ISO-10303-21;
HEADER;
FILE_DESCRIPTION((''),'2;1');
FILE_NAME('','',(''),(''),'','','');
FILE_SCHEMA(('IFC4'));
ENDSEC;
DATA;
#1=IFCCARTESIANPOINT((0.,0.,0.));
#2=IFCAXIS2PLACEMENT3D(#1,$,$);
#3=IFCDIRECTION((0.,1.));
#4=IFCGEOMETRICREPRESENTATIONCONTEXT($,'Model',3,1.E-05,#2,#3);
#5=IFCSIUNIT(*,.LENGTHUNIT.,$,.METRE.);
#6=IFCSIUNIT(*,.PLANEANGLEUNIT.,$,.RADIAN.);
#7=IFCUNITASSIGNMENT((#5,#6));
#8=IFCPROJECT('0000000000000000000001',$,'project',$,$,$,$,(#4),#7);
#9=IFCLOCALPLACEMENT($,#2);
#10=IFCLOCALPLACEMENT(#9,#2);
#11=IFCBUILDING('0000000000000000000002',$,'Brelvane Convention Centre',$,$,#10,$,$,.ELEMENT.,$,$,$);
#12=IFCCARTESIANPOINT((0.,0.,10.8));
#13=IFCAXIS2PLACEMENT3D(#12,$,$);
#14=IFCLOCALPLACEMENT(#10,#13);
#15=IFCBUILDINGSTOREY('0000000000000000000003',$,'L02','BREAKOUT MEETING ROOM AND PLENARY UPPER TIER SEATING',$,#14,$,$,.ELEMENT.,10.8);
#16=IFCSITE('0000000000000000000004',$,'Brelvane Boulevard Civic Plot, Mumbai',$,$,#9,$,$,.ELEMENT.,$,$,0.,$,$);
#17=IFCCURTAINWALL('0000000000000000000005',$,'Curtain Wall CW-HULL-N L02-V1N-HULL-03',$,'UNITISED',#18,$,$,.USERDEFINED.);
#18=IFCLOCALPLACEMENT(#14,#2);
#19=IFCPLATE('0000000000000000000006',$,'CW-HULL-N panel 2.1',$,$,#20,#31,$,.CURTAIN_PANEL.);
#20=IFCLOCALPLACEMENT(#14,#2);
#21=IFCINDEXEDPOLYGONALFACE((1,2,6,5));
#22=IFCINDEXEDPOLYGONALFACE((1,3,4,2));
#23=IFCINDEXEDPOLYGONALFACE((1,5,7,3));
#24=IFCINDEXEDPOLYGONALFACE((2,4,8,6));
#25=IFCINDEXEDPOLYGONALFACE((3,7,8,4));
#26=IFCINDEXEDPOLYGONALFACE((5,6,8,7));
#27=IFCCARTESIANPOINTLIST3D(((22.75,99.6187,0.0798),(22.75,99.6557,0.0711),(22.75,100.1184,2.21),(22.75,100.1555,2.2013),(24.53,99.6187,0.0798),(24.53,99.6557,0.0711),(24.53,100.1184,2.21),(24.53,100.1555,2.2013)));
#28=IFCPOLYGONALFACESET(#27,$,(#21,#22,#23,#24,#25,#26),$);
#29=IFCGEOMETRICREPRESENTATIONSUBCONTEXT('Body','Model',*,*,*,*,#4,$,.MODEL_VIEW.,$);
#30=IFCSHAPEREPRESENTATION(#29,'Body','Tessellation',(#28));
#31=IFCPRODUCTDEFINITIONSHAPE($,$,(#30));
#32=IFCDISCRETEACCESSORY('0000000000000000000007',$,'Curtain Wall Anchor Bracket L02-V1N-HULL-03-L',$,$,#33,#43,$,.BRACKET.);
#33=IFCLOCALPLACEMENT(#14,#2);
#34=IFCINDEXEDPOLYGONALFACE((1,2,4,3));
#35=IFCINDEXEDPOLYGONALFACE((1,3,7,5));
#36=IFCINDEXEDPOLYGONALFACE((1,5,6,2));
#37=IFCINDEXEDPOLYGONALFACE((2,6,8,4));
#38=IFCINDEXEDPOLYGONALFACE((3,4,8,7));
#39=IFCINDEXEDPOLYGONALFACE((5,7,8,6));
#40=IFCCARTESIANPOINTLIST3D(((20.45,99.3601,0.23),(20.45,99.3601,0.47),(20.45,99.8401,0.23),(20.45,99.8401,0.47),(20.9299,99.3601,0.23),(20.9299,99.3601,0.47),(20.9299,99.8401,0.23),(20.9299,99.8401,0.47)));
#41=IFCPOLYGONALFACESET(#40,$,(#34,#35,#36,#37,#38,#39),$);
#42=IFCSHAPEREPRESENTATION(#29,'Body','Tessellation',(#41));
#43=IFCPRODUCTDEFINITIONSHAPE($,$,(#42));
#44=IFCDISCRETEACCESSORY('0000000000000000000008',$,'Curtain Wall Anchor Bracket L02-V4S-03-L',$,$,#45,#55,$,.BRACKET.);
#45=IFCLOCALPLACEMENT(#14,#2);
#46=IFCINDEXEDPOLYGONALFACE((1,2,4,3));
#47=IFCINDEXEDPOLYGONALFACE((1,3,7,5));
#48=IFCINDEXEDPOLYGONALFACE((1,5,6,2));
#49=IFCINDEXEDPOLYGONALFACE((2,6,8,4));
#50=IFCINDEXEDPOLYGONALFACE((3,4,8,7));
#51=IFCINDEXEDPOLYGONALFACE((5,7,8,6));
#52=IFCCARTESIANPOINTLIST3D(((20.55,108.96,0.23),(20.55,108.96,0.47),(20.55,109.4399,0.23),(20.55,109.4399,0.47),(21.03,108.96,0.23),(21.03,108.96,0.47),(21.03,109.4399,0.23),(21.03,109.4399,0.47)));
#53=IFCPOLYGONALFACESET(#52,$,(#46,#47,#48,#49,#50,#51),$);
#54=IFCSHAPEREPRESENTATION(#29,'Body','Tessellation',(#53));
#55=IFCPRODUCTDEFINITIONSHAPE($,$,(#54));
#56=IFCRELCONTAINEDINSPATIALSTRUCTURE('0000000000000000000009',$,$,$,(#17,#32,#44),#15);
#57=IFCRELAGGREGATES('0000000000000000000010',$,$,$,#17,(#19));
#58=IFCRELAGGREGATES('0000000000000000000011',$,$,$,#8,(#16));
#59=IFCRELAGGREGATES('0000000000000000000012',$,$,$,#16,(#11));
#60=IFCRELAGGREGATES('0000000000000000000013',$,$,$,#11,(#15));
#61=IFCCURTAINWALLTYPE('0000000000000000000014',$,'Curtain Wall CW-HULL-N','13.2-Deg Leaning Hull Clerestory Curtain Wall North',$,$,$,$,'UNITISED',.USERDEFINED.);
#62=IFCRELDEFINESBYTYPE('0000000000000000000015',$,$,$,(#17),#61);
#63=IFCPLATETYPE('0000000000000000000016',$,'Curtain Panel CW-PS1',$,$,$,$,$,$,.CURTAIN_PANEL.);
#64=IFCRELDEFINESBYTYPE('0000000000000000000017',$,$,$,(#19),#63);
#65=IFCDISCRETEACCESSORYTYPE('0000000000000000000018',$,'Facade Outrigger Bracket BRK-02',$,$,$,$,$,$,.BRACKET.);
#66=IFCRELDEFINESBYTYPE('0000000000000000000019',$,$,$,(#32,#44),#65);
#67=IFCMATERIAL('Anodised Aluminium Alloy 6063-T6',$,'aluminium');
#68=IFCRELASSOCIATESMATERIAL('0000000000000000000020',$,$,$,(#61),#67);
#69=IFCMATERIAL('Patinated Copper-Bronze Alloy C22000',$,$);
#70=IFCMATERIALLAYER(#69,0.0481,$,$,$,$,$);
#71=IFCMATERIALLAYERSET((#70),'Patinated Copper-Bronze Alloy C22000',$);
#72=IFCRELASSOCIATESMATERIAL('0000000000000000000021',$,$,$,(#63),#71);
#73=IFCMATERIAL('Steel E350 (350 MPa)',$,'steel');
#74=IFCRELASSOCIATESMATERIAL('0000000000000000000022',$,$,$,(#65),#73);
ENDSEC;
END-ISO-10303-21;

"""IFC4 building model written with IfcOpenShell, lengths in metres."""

from ifc_helpers import new_model, si_unit, direction, frame, origin, origin_2d, place, context, subcontext, project, spatial, polyline, rectangle, outline, extrude, material, layer, layer_set, type_object, element, aggregate, save


model = new_model("IFC4")

# Units and contexts
model_context = context("Model", 3, precision=1e-05, world=origin(), true_north=direction((0.0, 1.0)))
body_context = subcontext(model_context, "Body", "Model", "MODEL_VIEW")
ifc_project = project(units=[si_unit("LENGTHUNIT", "METRE"), si_unit("PLANEANGLEUNIT", "RADIAN")], contexts=[model_context])

# Site, building, storey
site_placement = place(None, origin())
site = spatial("IfcSite", under=ifc_project, at=site_placement, Name="Brelvane Boulevard Civic Plot, Mumbai", CompositionType="ELEMENT", RefElevation=0.0)
building_placement = place(site_placement, origin())
building = spatial("IfcBuilding", under=site, at=building_placement, Name="Brelvane Convention Centre", CompositionType="ELEMENT")
storey_placement = place(building_placement, frame((0.0, 0.0, 10.8)))
storey = spatial("IfcBuildingStorey", under=building, at=storey_placement, Name="L02", Description="BREAKOUT MEETING ROOM AND PLENARY UPPER TIER SEATING", CompositionType="ELEMENT", Elevation=10.8)

# Curtain wall
ifc_material_1 = material(Name="Anodised Aluminium Alloy 6063-T6", Category="aluminium")
curtain_wall_type_1 = type_object("IfcCurtainWallType", Name="Curtain Wall CW-HULL-N", Description="13.2-Deg Leaning Hull Clerestory Curtain Wall North", ElementType="UNITISED", PredefinedType="USERDEFINED", material=ifc_material_1)
curtain_wall_1_placement = place(storey_placement, origin())
curtain_wall_1 = element("IfcCurtainWall", 1, at=curtain_wall_1_placement, inside=storey, type_object=curtain_wall_type_1, Name="Curtain Wall CW-HULL-N L02-V1N-HULL-03", ObjectType="UNITISED", PredefinedType="USERDEFINED")

# Plate
ifc_material_2 = material(Name="Patinated Copper-Bronze Alloy C22000")
ifc_layer_1 = layer(ifc_material_2, 0.0481)
ifc_layer_set_1 = layer_set([ifc_layer_1], Name="Patinated Copper-Bronze Alloy C22000")
plate_type_1 = type_object("IfcPlateType", Name="Curtain Panel CW-PS1", PredefinedType="CURTAIN_PANEL", material=ifc_layer_set_1)
plate_1_placement = place(storey_placement, frame((22.75, 99.6187, 0.0798), z_axis=(0.0, -0.973565, 0.228411), x_axis=(1.0, 0.0, 0.0)))
plate_1 = element("IfcPlate", 2, at=plate_1_placement, type_object=plate_type_1, Name="CW-HULL-N panel 2.1", PredefinedType="CURTAIN_PANEL", context=body_context, shape_type="SweptSolid", body=[
    extrude(outline(polyline([(0.0, 0.0), (1.78, 0.0), (1.78, 2.188), (0.0, 2.188), (0.0, 0.0)])), origin(), (0.0, 0.0, -1.0), 0.0381),
])
aggregate(curtain_wall_1, [plate_1])

# Discrete accessories
ifc_material_3 = material(Name="Steel E350 (350 MPa)", Category="steel")
discrete_accessory_type = type_object("IfcDiscreteAccessoryType", Name="Facade Outrigger Bracket BRK-02", PredefinedType="BRACKET", material=ifc_material_3)
for number, where, z_axis, x_axis, name in (
    (3, (20.6899, 99.6001, 0.23), (0.0, 0.0, 1.0), (1.0, 0.0, 0.0), "Curtain Wall Anchor Bracket L02-V1N-HULL-03-L"),
    (4, (20.79, 109.2, 0.23), (0.0, 0.0, 1.0), (1.0, 0.0, 0.0), "Curtain Wall Anchor Bracket L02-V4S-03-L"),
):
    element("IfcDiscreteAccessory", number, at=place(storey_placement, frame(where, z_axis=z_axis, x_axis=x_axis)), inside=storey, type_object=discrete_accessory_type, Name=name, PredefinedType="BRACKET", context=body_context, shape_type="SweptSolid", body=[
        extrude(rectangle(XDim=0.48, YDim=0.48, at=origin_2d()), origin(), (0.0, 0.0, 1.0), 0.24),
    ])

save(model, "model.ifc")
